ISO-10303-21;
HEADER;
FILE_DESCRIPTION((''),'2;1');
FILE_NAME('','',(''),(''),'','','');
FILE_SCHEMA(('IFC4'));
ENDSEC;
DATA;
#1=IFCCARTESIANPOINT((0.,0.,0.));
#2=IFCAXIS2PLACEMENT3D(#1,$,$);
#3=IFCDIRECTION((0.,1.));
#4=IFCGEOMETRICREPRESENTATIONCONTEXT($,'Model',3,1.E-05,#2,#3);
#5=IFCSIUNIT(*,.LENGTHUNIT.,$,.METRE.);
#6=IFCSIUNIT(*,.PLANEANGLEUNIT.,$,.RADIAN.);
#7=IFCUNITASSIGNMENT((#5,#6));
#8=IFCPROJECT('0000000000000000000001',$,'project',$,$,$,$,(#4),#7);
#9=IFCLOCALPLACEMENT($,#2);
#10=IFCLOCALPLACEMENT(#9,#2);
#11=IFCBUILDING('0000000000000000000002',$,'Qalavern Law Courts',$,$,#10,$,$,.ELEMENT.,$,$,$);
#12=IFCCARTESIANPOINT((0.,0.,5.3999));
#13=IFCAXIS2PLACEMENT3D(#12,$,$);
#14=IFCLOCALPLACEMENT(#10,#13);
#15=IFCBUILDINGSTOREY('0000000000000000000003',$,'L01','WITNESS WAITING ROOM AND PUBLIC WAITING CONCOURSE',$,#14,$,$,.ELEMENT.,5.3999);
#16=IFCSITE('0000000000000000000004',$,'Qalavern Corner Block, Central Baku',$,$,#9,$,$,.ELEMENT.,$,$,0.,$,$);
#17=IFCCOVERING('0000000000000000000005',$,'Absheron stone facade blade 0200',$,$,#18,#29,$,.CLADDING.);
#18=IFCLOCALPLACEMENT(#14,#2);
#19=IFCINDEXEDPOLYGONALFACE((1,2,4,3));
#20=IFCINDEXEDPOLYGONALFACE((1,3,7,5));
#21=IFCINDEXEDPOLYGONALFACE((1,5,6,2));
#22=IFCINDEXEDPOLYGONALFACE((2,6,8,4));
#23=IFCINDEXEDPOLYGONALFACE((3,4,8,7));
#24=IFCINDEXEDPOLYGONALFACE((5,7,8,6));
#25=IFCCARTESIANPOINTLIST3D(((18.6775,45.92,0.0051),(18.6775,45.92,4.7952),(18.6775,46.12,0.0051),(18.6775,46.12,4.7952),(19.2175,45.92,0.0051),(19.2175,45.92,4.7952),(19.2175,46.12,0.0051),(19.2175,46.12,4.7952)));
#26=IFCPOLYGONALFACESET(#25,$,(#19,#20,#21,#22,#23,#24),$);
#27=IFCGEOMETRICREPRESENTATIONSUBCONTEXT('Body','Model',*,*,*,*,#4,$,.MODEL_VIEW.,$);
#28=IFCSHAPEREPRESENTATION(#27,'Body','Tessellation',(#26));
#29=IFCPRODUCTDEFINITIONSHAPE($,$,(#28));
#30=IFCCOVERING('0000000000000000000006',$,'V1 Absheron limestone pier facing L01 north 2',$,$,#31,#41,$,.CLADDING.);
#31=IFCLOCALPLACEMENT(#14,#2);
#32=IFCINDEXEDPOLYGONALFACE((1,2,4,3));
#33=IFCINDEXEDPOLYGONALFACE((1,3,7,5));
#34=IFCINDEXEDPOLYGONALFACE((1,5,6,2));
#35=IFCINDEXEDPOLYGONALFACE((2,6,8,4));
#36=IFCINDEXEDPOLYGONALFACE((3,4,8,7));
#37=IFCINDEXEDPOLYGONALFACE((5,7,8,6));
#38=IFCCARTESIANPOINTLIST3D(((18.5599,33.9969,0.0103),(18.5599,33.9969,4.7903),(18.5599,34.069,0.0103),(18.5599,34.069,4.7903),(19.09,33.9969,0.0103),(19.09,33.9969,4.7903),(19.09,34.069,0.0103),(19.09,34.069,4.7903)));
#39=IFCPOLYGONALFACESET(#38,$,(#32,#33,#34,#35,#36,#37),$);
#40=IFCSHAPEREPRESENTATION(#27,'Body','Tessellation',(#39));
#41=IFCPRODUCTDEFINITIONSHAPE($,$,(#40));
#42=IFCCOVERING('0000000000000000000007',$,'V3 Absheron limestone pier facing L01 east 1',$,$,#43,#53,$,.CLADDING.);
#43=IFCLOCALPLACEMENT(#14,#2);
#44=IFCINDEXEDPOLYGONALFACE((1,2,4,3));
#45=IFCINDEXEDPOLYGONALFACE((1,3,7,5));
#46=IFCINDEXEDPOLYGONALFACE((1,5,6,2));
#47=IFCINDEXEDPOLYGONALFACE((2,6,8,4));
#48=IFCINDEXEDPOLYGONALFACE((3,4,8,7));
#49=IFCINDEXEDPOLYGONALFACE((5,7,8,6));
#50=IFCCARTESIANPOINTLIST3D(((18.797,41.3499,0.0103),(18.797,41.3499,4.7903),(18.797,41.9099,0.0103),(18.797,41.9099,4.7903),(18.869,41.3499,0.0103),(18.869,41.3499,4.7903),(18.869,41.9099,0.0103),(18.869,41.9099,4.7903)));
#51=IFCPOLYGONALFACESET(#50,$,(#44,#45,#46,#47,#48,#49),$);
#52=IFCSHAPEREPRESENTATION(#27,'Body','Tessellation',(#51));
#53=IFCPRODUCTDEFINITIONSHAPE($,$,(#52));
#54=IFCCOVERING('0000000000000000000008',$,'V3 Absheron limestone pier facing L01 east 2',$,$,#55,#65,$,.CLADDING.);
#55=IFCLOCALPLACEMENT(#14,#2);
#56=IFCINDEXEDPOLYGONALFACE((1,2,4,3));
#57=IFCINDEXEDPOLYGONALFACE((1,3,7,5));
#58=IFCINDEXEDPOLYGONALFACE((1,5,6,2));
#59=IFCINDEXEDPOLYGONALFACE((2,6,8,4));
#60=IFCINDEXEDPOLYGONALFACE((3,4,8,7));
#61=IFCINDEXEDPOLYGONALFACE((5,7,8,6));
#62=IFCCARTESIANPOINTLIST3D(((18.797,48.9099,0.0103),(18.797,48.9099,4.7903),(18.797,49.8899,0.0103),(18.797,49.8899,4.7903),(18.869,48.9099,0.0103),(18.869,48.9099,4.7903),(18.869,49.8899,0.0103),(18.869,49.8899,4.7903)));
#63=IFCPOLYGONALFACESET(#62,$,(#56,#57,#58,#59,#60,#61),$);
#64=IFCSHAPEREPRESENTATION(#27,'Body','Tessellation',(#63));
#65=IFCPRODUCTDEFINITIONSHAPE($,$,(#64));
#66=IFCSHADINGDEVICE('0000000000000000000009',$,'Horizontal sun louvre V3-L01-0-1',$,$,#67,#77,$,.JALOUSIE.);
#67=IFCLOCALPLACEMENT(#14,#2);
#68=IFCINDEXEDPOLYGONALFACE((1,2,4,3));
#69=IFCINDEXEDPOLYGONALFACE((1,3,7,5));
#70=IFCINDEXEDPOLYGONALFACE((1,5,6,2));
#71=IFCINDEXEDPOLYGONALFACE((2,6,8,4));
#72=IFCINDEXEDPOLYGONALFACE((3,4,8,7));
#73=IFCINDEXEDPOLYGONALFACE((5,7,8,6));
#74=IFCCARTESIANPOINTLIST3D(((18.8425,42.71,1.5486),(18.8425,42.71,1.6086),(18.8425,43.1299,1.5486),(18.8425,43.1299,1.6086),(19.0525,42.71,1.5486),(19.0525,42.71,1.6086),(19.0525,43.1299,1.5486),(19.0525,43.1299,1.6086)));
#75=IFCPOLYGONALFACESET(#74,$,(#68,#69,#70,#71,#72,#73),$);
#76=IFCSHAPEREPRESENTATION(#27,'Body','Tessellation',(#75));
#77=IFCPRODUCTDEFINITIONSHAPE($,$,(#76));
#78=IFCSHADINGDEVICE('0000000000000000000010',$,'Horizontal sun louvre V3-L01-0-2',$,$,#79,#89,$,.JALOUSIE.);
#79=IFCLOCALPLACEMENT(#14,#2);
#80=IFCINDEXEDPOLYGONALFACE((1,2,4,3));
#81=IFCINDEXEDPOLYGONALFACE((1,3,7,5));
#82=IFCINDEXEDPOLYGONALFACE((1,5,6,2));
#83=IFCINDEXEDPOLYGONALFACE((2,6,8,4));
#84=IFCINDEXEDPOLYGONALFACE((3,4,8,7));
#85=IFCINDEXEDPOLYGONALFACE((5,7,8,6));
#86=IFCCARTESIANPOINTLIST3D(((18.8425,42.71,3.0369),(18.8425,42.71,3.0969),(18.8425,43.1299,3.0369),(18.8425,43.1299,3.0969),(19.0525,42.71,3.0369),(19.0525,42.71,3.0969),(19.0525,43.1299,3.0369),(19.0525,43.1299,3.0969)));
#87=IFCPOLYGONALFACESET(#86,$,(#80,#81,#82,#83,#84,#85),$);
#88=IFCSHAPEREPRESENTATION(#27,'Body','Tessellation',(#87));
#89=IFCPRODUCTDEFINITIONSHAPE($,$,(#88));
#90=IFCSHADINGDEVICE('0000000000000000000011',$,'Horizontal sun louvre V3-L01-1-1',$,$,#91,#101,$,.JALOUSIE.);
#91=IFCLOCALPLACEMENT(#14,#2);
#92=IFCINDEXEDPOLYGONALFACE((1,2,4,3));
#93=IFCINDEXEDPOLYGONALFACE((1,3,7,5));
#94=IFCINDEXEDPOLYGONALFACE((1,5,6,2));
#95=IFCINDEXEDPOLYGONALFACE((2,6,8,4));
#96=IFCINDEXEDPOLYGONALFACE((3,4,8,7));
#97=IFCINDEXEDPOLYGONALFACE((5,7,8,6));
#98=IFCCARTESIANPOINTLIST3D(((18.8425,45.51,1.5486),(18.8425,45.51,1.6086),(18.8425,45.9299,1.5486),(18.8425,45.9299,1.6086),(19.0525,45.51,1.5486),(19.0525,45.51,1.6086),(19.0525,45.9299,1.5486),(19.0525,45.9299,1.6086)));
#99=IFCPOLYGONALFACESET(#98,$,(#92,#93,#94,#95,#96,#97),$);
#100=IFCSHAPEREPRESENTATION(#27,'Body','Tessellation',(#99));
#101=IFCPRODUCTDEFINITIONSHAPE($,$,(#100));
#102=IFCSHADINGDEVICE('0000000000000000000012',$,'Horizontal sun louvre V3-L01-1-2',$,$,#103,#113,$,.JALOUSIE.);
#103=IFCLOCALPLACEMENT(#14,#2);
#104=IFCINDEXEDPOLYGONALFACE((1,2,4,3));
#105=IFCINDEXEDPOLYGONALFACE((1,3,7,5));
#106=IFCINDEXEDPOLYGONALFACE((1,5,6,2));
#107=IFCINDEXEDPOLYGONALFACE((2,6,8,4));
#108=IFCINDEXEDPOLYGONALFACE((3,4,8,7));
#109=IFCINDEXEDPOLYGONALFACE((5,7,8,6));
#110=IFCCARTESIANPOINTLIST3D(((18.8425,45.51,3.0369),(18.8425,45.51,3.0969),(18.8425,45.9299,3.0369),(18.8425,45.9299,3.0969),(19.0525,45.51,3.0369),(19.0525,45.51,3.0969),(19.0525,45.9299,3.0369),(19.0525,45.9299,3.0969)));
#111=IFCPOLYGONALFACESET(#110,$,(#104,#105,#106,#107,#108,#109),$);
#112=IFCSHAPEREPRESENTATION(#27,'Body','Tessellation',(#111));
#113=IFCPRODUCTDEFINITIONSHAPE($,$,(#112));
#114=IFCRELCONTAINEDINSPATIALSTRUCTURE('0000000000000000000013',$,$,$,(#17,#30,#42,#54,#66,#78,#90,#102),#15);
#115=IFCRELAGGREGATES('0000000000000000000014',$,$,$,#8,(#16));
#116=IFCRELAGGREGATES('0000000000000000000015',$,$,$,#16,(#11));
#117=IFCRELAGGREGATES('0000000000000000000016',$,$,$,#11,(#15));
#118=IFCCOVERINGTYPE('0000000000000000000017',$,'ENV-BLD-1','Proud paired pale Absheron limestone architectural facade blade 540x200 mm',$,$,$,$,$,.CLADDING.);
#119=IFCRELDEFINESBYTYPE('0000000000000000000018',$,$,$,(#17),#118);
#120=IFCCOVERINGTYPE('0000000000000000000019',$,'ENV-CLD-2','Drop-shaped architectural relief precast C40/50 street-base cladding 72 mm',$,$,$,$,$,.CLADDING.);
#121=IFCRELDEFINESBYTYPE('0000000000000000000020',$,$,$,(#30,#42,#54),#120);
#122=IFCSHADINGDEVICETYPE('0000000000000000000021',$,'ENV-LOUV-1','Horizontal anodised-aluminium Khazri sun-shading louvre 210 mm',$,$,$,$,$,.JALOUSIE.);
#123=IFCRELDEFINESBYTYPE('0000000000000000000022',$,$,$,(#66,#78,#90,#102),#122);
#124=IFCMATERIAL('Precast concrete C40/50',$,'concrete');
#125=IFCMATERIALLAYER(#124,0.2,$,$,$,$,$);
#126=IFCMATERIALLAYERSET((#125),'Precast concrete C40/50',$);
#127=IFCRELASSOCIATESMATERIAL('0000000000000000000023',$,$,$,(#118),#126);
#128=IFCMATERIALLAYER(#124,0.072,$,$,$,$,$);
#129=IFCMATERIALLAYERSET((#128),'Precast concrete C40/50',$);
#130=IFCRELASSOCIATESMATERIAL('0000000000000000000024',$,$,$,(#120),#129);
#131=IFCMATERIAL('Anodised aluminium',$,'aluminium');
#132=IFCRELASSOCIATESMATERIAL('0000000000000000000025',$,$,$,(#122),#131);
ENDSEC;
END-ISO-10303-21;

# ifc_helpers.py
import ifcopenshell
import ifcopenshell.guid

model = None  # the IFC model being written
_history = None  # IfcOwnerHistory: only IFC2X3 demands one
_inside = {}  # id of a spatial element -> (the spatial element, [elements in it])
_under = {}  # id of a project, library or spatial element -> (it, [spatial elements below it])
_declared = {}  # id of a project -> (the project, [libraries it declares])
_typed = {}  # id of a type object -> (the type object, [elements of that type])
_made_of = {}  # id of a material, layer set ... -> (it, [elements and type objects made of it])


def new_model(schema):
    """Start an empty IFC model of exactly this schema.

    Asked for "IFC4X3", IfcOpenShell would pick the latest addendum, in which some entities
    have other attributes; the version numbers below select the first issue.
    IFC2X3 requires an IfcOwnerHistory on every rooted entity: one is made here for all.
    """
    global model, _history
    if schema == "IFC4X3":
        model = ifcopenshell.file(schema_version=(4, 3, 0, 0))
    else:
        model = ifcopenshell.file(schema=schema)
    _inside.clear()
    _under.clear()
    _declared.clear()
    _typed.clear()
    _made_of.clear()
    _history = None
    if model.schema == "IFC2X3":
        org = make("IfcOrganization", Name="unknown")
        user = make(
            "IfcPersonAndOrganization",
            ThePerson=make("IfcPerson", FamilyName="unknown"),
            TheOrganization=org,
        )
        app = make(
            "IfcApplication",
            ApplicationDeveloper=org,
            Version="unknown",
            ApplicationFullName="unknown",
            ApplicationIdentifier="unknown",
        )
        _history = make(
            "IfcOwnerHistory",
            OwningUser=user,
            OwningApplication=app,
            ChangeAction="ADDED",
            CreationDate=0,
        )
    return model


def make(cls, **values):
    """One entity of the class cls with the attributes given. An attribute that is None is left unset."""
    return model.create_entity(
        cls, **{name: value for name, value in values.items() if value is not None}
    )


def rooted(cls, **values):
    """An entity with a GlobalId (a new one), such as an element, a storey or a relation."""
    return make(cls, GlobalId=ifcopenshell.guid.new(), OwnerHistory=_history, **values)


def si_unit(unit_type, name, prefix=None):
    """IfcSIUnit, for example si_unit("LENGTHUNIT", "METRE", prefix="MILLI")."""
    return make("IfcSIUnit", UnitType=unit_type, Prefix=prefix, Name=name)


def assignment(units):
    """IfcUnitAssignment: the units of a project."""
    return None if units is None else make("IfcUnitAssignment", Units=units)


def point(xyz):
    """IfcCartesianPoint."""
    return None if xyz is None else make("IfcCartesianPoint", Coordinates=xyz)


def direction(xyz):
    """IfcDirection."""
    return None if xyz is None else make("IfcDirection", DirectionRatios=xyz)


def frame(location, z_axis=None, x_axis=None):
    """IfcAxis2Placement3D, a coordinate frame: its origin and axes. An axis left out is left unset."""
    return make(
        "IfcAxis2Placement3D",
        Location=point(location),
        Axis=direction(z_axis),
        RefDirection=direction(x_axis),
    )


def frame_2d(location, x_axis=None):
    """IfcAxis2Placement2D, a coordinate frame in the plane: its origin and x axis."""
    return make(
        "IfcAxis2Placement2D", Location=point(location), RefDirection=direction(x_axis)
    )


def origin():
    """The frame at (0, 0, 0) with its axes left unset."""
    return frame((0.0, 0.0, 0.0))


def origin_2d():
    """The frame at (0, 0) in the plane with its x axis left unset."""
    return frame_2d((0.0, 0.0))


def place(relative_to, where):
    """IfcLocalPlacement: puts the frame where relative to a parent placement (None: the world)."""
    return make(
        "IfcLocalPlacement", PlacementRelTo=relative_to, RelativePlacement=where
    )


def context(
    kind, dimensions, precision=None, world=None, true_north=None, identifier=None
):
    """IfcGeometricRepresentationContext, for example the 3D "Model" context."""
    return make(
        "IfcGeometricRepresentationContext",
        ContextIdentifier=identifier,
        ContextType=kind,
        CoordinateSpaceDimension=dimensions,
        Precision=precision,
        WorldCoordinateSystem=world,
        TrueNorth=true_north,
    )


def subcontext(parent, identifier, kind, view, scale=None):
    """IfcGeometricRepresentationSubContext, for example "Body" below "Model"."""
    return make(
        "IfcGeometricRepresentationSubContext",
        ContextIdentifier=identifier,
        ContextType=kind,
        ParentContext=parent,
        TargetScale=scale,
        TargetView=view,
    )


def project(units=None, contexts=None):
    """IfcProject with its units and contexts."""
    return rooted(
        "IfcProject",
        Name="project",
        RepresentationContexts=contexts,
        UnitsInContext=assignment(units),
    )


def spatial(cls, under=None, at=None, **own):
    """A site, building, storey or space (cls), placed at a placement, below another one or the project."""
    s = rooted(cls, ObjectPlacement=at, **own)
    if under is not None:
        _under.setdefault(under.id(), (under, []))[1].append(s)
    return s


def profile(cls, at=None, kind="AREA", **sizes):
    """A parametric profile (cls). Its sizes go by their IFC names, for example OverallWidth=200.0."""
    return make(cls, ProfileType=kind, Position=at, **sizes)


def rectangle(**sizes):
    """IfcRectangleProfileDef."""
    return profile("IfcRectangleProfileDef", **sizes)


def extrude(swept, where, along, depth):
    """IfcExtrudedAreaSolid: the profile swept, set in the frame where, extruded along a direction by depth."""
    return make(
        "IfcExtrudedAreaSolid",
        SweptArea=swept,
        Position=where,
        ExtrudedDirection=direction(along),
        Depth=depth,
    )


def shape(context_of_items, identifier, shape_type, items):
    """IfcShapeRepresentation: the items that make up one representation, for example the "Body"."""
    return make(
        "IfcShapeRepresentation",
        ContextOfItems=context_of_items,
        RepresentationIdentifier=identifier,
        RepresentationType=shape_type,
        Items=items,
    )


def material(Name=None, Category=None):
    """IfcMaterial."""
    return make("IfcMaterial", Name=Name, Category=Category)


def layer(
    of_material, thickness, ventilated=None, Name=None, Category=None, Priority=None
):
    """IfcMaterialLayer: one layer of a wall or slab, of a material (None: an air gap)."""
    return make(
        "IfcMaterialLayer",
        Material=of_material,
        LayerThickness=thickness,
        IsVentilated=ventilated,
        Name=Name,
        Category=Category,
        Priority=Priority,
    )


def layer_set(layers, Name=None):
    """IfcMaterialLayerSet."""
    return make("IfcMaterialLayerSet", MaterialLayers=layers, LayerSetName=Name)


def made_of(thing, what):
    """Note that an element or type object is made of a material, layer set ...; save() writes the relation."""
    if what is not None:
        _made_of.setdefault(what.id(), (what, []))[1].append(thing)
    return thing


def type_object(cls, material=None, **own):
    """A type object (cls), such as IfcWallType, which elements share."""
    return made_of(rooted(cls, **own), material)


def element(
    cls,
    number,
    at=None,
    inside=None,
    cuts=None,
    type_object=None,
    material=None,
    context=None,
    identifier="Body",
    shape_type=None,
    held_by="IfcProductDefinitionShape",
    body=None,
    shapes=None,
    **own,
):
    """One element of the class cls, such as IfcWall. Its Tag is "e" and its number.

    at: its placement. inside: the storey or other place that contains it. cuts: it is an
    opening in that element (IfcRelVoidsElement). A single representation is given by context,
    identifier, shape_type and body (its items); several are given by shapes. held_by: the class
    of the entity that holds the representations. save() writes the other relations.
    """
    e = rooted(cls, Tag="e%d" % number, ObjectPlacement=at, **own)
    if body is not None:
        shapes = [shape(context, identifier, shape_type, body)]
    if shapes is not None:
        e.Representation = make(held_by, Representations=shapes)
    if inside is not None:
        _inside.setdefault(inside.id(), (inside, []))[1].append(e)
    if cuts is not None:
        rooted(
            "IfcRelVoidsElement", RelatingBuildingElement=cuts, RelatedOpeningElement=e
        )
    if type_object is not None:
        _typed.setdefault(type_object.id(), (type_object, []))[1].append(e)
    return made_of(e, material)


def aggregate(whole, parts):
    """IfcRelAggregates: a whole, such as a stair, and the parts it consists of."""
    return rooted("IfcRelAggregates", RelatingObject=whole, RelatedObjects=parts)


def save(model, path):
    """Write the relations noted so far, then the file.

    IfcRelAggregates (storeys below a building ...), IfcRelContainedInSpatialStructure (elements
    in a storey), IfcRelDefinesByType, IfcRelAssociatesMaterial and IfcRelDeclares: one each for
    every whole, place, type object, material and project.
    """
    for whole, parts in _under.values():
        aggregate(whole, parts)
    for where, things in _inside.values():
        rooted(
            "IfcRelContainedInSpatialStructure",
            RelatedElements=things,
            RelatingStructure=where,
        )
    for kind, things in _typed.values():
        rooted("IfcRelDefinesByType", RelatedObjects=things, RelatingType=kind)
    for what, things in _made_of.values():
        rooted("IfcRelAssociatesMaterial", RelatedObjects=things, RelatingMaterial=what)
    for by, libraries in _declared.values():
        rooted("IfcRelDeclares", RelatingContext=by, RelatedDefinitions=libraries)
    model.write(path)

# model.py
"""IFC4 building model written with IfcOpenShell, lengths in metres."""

from ifc_helpers import new_model, si_unit, direction, frame, origin, origin_2d, place, context, subcontext, project, spatial, rectangle, extrude, material, layer, layer_set, type_object, element, save


model = new_model("IFC4")

# Units and contexts
model_context = context("Model", 3, precision=1e-05, world=origin(), true_north=direction((0.0, 1.0)))
body_context = subcontext(model_context, "Body", "Model", "MODEL_VIEW")
ifc_project = project(units=[si_unit("LENGTHUNIT", "METRE"), si_unit("PLANEANGLEUNIT", "RADIAN")], contexts=[model_context])

# Site, building, storey
site_placement = place(None, origin())
site = spatial("IfcSite", under=ifc_project, at=site_placement, Name="Qalavern Corner Block, Central Baku", CompositionType="ELEMENT", RefElevation=0.0)
building_placement = place(site_placement, origin())
building = spatial("IfcBuilding", under=site, at=building_placement, Name="Qalavern Law Courts", CompositionType="ELEMENT")
storey_placement = place(building_placement, frame((0.0, 0.0, 5.3999)))
storey = spatial("IfcBuildingStorey", under=building, at=storey_placement, Name="L01", Description="WITNESS WAITING ROOM AND PUBLIC WAITING CONCOURSE", CompositionType="ELEMENT", Elevation=5.3999)

# Shared definitions
ifc_material_1 = material(Name="Anodised aluminium", Category="aluminium")

# Coverings
ifc_material_2 = material(Name="Precast concrete C40/50", Category="concrete")
ifc_layer_1 = layer(ifc_material_2, 0.2)
ifc_layer_set_1 = layer_set([ifc_layer_1], Name="Precast concrete C40/50")
covering_type_1 = type_object("IfcCoveringType", Name="ENV-BLD-1", Description="Proud paired pale Absheron limestone architectural facade blade 540x200 mm", PredefinedType="CLADDING", material=ifc_layer_set_1)
for number, where, z_axis, x_axis, name in (
    (1, (18.9475, 46.02, 0.0051), (0.0, 0.0, 1.0), (1.0, 0.0, 0.0), "Absheron stone facade blade 0200"),
):
    element("IfcCovering", number, at=place(storey_placement, frame(where, z_axis=z_axis, x_axis=x_axis)), inside=storey, type_object=covering_type_1, Name=name, PredefinedType="CLADDING", context=body_context, shape_type="SweptSolid", body=[
        extrude(rectangle(XDim=0.54, YDim=0.2, at=origin_2d()), origin(), (0.0, 0.0, 1.0), 4.79),
    ])
ifc_layer_2 = layer(ifc_material_2, 0.072)
ifc_layer_set_2 = layer_set([ifc_layer_2], Name="Precast concrete C40/50")
covering_type_2 = type_object("IfcCoveringType", Name="ENV-CLD-2", Description="Drop-shaped architectural relief precast C40/50 street-base cladding 72 mm", PredefinedType="CLADDING", material=ifc_layer_set_2)
covering_1_placement = place(storey_placement, frame((18.825, 34.033, 0.0103), z_axis=(0.0, 0.0, 1.0), x_axis=(-1.0, 0.0, 0.0)))
element("IfcCovering", 2, at=covering_1_placement, inside=storey, type_object=covering_type_2, Name="V1 Absheron limestone pier facing L01 north 2", PredefinedType="CLADDING", context=body_context, shape_type="SweptSolid", body=[
    extrude(rectangle(XDim=0.53, YDim=0.072, at=origin_2d()), origin(), (0.0, 0.0, 1.0), 4.78),
])
covering_2_placement = place(storey_placement, frame((18.833, 41.6299, 0.0103), z_axis=(0.0, 0.0, 1.0), x_axis=(0.0, 1.0, 0.0)))
element("IfcCovering", 3, at=covering_2_placement, inside=storey, type_object=covering_type_2, Name="V3 Absheron limestone pier facing L01 east 1", PredefinedType="CLADDING", context=body_context, shape_type="SweptSolid", body=[
    extrude(rectangle(XDim=0.5601, YDim=0.072, at=origin_2d()), origin(), (0.0, 0.0, 1.0), 4.78),
])
covering_3_placement = place(storey_placement, frame((18.833, 49.3999, 0.0103), z_axis=(0.0, 0.0, 1.0), x_axis=(0.0, 1.0, 0.0)))
element("IfcCovering", 4, at=covering_3_placement, inside=storey, type_object=covering_type_2, Name="V3 Absheron limestone pier facing L01 east 2", PredefinedType="CLADDING", context=body_context, shape_type="SweptSolid", body=[
    extrude(rectangle(XDim=0.98, YDim=0.072, at=origin_2d()), origin(), (0.0, 0.0, 1.0), 4.78),
])

# Shading devices
shading_device_type = type_object("IfcShadingDeviceType", Name="ENV-LOUV-1", Description="Horizontal anodised-aluminium Khazri sun-shading louvre 210 mm", PredefinedType="JALOUSIE", material=ifc_material_1)
for number, where, z_axis, x_axis, name in (
    (5, (18.9475, 42.9199, 1.5486), (0.0, 0.0, 1.0), (0.0, 1.0, 0.0), "Horizontal sun louvre V3-L01-0-1"),
    (6, (18.9475, 42.9199, 3.0369), (0.0, 0.0, 1.0), (0.0, 1.0, 0.0), "Horizontal sun louvre V3-L01-0-2"),
    (7, (18.9475, 45.72, 1.5486), (0.0, 0.0, 1.0), (0.0, 1.0, 0.0), "Horizontal sun louvre V3-L01-1-1"),
    (8, (18.9475, 45.72, 3.0369), (0.0, 0.0, 1.0), (0.0, 1.0, 0.0), "Horizontal sun louvre V3-L01-1-2"),
):
    element("IfcShadingDevice", number, at=place(storey_placement, frame(where, z_axis=z_axis, x_axis=x_axis)), inside=storey, type_object=shading_device_type, Name=name, PredefinedType="JALOUSIE", context=body_context, shape_type="SweptSolid", body=[
        extrude(rectangle(XDim=0.4199, YDim=0.21, at=origin_2d()), origin(), (0.0, 0.0, 1.0), 0.0601),
    ])

save(model, "model.ifc")
